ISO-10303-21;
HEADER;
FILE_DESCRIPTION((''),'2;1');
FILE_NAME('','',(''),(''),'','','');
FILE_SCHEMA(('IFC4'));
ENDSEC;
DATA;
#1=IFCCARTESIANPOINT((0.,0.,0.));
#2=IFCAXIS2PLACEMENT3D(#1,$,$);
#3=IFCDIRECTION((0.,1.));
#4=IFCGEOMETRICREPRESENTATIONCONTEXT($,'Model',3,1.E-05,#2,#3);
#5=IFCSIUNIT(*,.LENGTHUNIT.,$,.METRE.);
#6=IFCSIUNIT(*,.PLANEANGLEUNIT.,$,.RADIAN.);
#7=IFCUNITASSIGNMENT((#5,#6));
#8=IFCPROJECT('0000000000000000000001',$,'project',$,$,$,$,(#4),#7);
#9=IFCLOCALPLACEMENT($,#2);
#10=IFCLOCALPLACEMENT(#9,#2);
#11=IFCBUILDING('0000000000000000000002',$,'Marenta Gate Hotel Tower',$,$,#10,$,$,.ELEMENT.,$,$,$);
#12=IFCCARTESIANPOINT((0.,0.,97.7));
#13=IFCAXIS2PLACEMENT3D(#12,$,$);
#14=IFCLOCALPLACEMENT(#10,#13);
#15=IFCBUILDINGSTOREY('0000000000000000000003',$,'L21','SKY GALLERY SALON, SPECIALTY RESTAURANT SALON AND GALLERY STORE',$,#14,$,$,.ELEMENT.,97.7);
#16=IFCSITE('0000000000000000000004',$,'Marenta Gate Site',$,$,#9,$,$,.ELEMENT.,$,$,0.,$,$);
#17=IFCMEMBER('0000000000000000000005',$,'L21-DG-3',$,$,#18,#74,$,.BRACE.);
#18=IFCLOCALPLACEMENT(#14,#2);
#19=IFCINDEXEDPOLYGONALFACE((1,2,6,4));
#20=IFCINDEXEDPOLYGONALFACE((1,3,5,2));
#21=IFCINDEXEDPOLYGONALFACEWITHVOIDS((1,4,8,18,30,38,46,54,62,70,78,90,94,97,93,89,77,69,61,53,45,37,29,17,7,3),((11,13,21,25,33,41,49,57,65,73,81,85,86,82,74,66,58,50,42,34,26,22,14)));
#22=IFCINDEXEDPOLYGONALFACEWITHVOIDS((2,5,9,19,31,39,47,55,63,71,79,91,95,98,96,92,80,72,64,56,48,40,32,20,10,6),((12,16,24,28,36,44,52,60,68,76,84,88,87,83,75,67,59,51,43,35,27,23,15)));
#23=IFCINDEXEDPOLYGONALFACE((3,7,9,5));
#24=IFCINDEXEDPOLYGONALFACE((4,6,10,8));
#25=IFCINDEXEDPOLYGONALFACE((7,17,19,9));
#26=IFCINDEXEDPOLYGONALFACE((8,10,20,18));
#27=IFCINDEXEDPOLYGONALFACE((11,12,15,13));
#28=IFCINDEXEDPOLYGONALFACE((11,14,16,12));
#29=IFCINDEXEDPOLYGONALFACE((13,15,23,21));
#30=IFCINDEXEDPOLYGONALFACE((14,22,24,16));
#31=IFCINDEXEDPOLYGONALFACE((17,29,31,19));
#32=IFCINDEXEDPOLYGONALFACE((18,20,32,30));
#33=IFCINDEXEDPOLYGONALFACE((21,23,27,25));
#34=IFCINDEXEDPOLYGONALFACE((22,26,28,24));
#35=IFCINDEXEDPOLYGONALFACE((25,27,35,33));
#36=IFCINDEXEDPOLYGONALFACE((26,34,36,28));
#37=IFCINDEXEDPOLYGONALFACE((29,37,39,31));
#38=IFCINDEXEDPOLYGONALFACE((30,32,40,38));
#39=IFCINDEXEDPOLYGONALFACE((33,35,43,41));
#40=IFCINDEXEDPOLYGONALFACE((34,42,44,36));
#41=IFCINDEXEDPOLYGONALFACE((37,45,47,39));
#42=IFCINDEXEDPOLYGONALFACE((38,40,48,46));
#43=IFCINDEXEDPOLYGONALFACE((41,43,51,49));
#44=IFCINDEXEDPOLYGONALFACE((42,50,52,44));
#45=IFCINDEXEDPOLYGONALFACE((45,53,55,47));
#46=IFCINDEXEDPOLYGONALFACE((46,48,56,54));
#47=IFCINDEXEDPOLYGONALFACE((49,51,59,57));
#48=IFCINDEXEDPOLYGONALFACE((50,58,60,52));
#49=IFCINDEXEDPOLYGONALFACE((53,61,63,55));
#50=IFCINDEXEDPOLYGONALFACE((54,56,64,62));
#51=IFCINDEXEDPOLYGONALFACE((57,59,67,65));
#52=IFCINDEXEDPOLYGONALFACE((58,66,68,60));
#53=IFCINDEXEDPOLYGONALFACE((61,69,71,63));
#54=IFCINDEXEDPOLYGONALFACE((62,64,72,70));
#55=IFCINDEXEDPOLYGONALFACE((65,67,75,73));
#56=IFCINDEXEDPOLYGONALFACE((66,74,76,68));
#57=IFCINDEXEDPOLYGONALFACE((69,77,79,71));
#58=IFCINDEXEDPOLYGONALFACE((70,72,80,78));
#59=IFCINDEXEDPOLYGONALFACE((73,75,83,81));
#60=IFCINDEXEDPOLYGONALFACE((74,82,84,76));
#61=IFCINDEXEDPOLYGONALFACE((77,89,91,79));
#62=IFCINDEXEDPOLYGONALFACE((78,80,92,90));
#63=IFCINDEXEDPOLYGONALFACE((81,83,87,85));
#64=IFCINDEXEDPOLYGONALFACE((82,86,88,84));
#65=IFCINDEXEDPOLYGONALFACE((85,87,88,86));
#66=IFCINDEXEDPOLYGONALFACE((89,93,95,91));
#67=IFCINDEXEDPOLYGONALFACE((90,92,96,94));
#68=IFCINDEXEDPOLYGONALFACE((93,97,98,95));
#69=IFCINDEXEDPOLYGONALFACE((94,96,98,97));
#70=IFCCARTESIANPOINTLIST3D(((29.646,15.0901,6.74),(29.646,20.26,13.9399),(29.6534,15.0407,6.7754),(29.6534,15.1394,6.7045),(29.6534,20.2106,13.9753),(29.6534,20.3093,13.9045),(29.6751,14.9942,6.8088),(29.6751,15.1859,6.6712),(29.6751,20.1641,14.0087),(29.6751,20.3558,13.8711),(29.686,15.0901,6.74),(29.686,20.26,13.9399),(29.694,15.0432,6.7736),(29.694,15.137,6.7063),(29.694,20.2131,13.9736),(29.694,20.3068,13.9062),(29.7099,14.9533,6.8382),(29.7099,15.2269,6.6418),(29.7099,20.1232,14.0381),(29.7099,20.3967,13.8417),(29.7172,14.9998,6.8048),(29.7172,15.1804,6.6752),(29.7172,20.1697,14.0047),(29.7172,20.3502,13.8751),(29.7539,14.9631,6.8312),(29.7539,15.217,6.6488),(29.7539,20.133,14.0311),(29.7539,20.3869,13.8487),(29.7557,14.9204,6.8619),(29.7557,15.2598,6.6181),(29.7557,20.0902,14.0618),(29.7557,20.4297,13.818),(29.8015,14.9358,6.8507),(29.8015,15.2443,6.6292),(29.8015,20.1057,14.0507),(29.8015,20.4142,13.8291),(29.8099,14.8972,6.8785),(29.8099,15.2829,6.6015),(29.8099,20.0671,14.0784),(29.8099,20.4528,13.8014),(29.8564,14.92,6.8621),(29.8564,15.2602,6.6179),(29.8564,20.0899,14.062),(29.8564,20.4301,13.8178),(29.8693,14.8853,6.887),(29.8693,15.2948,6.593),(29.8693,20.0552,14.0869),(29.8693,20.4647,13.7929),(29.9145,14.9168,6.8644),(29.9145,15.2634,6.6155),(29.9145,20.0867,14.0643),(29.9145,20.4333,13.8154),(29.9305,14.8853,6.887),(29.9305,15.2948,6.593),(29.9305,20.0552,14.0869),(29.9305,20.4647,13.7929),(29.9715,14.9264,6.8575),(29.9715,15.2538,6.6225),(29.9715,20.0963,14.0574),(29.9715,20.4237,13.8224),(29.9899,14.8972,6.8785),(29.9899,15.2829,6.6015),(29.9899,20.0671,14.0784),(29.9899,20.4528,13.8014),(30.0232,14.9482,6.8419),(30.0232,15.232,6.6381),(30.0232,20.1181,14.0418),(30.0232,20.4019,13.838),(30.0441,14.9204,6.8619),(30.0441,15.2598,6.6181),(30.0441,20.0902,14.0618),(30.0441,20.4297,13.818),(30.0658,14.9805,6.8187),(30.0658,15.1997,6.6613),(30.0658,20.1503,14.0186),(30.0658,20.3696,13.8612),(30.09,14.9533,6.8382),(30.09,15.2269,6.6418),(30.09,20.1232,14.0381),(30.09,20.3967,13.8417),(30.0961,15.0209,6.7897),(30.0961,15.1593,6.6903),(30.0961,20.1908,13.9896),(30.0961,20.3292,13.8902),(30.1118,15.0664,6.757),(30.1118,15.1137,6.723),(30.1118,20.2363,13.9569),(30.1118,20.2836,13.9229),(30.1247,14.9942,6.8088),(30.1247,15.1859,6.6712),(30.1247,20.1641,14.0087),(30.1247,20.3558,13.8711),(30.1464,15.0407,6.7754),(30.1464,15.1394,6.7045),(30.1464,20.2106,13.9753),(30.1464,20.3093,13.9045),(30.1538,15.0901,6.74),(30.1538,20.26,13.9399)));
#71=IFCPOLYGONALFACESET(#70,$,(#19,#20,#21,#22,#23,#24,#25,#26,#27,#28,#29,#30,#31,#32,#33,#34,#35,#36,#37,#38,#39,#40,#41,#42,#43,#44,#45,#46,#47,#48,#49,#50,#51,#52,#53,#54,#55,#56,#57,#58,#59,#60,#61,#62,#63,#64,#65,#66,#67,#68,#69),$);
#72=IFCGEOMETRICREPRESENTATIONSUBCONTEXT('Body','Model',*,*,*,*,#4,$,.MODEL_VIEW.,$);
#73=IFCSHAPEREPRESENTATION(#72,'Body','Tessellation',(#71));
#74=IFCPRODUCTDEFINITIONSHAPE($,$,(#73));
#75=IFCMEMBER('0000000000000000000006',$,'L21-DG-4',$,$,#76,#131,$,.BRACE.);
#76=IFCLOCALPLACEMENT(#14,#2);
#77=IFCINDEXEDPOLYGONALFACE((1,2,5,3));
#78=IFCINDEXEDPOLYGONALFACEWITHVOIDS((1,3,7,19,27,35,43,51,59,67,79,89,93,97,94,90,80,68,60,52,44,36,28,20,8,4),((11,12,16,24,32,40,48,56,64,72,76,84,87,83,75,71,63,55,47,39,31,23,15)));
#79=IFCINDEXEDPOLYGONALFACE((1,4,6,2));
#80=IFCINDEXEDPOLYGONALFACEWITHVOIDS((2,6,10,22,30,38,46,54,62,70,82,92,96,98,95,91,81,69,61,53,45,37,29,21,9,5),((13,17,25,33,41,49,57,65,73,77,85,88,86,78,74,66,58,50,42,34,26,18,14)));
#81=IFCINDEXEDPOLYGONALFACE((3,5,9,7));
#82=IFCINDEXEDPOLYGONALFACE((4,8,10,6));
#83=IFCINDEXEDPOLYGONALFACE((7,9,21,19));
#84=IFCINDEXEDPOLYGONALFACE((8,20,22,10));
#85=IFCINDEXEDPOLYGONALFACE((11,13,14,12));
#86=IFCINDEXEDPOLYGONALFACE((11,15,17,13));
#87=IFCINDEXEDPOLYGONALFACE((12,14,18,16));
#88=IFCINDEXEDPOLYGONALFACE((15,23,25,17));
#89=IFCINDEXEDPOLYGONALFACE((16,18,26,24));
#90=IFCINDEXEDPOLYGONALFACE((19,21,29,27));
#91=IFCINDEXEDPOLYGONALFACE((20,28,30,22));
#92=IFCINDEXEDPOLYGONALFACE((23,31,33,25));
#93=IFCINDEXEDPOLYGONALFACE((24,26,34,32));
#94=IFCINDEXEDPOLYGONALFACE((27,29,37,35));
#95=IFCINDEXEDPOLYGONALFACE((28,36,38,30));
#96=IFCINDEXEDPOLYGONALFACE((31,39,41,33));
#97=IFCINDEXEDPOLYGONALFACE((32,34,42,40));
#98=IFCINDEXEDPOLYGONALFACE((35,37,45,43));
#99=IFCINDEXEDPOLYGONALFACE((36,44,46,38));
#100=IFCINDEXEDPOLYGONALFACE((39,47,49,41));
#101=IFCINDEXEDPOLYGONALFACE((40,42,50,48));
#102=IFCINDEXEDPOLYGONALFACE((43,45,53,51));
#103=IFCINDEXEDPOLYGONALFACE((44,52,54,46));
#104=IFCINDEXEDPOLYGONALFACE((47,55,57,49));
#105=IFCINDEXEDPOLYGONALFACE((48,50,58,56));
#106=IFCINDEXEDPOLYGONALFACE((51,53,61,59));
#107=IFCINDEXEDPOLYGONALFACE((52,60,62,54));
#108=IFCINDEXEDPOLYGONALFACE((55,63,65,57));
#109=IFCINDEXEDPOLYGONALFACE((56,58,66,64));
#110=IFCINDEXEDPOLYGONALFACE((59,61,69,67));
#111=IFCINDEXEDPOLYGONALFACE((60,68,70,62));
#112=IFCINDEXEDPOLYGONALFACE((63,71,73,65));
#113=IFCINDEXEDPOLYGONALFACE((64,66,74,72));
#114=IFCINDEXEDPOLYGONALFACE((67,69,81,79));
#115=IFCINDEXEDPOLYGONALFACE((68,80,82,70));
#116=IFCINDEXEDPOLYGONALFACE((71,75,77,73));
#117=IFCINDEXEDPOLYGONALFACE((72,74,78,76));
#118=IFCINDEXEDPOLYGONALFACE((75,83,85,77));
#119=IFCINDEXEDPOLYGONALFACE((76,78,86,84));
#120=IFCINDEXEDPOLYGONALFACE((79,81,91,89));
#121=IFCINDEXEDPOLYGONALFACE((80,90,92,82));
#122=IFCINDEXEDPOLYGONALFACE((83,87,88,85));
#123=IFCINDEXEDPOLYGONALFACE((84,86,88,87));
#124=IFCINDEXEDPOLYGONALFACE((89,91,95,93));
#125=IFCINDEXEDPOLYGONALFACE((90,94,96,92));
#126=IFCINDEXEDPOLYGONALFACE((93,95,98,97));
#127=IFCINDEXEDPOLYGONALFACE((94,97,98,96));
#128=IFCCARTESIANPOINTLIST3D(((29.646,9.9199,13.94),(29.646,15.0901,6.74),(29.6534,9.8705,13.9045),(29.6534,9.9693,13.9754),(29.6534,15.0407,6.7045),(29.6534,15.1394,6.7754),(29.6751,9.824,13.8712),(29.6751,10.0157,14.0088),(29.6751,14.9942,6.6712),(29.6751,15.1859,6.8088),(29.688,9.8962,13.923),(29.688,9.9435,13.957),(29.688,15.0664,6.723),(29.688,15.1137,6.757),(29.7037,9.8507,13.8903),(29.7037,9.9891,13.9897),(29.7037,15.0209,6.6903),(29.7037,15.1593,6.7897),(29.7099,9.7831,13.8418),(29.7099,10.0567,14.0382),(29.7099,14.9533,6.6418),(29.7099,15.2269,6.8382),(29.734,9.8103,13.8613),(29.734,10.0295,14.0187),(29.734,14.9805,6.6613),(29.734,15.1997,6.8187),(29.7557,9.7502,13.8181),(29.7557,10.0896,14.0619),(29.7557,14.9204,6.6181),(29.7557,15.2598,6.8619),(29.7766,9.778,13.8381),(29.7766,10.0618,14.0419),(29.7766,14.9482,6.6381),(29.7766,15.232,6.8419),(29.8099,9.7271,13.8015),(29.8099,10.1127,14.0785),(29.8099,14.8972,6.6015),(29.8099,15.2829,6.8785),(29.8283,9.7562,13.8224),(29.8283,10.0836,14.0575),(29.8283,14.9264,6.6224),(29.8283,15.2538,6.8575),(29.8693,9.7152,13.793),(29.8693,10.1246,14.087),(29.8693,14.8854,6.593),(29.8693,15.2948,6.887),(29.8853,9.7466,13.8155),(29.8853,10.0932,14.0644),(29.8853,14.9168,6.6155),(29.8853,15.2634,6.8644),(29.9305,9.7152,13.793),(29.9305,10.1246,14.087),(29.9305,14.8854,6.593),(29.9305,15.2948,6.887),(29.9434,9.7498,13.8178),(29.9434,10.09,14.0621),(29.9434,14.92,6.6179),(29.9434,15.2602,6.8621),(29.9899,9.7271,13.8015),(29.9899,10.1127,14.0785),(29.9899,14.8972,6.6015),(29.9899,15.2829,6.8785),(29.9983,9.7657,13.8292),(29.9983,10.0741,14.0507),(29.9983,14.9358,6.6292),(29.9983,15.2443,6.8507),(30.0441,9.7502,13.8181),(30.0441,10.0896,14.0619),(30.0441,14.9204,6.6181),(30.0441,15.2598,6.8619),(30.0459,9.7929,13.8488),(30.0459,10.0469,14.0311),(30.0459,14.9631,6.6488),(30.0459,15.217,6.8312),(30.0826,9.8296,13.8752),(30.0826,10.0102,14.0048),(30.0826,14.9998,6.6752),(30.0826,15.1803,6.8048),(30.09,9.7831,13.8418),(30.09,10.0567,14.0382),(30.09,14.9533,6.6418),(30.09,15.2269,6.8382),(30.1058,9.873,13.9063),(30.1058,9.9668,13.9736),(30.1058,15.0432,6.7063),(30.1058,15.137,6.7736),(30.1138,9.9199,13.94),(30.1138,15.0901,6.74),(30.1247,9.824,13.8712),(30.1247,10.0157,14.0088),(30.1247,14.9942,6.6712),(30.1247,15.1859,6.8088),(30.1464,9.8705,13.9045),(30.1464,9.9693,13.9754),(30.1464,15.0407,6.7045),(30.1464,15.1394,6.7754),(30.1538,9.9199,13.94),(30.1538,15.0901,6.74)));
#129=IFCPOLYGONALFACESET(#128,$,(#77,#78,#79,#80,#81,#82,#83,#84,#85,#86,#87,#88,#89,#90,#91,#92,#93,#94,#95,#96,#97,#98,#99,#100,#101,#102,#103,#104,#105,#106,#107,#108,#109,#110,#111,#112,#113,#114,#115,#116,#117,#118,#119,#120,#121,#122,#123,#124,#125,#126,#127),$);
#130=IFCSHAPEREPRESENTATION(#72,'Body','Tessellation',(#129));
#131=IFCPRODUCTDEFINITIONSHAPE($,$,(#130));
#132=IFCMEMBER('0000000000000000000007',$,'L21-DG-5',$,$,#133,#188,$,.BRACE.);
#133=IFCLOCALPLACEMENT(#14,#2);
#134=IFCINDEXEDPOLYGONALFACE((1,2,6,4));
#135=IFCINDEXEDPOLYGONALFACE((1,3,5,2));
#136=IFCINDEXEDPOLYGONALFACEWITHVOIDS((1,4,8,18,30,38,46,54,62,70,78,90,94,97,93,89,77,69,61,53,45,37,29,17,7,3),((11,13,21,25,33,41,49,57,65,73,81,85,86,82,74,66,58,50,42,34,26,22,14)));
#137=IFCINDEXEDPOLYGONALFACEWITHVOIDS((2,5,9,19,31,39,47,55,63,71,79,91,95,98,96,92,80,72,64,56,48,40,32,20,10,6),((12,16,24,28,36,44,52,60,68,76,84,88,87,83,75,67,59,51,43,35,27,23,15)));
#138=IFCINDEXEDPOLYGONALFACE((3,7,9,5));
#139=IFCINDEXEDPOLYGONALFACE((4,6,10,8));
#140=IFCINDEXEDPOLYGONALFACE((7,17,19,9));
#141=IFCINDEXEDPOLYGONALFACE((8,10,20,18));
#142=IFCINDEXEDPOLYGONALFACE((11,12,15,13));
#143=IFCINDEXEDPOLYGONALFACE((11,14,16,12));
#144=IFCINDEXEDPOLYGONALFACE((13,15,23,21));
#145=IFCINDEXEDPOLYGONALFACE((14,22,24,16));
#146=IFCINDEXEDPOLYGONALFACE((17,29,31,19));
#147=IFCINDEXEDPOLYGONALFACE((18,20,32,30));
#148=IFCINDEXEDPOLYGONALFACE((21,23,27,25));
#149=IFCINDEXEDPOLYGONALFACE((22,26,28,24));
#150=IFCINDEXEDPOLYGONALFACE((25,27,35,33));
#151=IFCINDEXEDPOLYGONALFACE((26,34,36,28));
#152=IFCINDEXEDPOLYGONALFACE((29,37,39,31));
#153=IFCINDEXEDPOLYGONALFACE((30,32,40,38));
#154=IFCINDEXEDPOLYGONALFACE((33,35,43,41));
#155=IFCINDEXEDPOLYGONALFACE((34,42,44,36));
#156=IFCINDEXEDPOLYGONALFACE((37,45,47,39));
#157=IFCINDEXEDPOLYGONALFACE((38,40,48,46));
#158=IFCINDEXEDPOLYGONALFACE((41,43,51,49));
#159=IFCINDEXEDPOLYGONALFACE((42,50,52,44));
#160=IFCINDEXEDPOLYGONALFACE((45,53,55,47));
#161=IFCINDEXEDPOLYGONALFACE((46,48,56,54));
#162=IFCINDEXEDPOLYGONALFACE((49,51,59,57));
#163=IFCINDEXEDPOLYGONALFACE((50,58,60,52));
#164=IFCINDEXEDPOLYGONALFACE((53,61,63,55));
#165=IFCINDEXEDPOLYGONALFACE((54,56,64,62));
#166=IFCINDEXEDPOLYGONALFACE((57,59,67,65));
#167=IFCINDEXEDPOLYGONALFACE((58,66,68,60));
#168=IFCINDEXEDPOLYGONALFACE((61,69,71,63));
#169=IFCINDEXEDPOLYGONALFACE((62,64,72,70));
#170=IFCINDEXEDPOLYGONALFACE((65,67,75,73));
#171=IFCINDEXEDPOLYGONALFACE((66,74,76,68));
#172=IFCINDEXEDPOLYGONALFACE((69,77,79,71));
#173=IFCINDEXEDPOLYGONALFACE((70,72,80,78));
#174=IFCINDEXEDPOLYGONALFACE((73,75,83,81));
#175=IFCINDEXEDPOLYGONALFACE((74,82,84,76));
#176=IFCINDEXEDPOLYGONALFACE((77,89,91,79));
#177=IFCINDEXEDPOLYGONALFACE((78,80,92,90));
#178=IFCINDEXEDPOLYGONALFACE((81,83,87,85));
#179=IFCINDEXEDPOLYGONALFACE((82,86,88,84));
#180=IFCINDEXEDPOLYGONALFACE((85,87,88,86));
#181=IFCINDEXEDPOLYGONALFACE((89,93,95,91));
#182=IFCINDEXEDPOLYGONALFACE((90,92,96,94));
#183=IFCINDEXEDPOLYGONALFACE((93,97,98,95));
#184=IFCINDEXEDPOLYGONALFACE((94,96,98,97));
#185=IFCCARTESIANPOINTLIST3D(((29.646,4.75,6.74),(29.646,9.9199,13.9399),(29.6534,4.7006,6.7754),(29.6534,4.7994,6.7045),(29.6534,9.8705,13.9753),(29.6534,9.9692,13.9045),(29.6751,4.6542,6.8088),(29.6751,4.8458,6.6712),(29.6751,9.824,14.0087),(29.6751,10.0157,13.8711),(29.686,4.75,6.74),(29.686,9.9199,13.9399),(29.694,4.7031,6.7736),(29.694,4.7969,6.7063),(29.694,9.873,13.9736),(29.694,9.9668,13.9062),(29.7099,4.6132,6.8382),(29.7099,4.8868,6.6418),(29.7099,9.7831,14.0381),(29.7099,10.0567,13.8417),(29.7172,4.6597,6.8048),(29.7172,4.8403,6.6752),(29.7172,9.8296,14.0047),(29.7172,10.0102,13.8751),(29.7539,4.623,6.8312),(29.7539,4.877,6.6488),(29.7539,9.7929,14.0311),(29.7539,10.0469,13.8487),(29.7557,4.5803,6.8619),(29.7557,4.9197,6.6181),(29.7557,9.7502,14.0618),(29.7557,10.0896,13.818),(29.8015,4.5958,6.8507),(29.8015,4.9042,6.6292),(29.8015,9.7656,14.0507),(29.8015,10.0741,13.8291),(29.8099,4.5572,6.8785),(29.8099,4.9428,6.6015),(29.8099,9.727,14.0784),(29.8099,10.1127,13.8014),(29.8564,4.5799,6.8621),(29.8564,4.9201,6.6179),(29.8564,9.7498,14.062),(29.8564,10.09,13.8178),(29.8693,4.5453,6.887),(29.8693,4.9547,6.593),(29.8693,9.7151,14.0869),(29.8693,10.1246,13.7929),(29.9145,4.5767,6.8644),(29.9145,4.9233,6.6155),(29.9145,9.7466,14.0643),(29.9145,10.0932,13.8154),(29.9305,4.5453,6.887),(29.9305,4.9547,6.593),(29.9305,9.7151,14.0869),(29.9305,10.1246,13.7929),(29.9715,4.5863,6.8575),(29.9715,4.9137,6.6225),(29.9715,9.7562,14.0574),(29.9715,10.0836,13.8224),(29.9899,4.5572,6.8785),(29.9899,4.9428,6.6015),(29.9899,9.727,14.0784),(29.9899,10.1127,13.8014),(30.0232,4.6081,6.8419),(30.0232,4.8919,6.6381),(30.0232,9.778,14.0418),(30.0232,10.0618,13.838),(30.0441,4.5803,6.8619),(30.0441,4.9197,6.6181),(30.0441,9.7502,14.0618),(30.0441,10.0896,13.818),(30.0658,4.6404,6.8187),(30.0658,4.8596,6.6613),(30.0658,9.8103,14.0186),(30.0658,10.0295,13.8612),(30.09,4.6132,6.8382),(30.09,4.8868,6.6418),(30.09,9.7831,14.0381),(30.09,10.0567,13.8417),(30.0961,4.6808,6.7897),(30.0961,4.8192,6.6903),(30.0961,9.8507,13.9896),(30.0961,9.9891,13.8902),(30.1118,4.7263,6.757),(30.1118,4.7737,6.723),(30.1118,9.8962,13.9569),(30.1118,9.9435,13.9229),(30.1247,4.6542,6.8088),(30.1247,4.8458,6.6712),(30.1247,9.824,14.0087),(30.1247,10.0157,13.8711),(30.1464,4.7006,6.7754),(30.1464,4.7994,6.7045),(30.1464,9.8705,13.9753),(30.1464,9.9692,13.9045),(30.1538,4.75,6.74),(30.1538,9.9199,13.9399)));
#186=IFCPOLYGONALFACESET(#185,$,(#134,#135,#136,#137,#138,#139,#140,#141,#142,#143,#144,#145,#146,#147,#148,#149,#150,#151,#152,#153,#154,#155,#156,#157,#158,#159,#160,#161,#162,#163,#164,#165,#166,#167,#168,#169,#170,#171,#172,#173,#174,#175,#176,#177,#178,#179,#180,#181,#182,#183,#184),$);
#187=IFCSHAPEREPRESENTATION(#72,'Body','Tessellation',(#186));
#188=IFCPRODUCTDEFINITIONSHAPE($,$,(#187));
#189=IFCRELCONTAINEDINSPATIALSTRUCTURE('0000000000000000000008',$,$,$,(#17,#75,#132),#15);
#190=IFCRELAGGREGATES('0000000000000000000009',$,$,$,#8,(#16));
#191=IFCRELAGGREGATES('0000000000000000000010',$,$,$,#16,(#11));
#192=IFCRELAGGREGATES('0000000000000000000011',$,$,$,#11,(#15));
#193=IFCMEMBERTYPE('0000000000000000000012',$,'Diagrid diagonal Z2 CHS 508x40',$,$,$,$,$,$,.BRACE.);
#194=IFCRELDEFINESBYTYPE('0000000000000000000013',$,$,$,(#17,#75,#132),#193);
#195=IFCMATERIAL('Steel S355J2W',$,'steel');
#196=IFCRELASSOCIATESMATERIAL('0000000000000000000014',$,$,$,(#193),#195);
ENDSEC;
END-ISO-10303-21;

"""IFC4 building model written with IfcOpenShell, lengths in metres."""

from ifc_helpers import new_model, si_unit, direction, frame, origin, origin_2d, place, context, subcontext, project, spatial, hollow_circle, extrude, material, material_profile, profile_set, type_object, element, save


model = new_model("IFC4")

# Units and contexts
model_context = context("Model", 3, precision=1e-05, world=origin(), true_north=direction((0.0, 1.0)))
body_context = subcontext(model_context, "Body", "Model", "MODEL_VIEW")
ifc_project = project(units=[si_unit("LENGTHUNIT", "METRE"), si_unit("PLANEANGLEUNIT", "RADIAN")], contexts=[model_context])

# Site, building, storey
site_placement = place(None, origin())
site = spatial("IfcSite", under=ifc_project, at=site_placement, Name="Marenta Gate Site", CompositionType="ELEMENT", RefElevation=0.0)
building_placement = place(site_placement, origin())
building = spatial("IfcBuilding", under=site, at=building_placement, Name="Marenta Gate Hotel Tower", CompositionType="ELEMENT")
storey_placement = place(building_placement, frame((0.0, 0.0, 97.7)))
storey = spatial("IfcBuildingStorey", under=building, at=storey_placement, Name="L21", Description="SKY GALLERY SALON, SPECIALTY RESTAURANT SALON AND GALLERY STORE", CompositionType="ELEMENT", Elevation=97.7)

# Members
ifc_material_1 = material(Name="Steel S355J2W", Category="steel")
ifc_material_profile_1 = material_profile(ifc_material_1, hollow_circle(Radius=0.2539, WallThickness=0.04, at=origin_2d()), Name="CHS 508x40")
ifc_profile_set_1 = profile_set([ifc_material_profile_1], Name="Steel S355J2W")
member_type_1 = type_object("IfcMemberType", Name="Diagrid diagonal Z2 CHS 508x40", PredefinedType="BRACE", material=ifc_profile_set_1)
member_1_placement = place(storey_placement, frame((29.8999, 15.0901, 6.74), z_axis=(0.0, 0.583261, 0.812285), x_axis=(-1.0, 0.0, 0.0)))
element("IfcMember", 1, at=member_1_placement, inside=storey, type_object=member_type_1, Name="L21-DG-3", PredefinedType="BRACE", context=body_context, shape_type="SweptSolid", body=[
    extrude(hollow_circle(Radius=0.2539, WallThickness=0.04, at=origin_2d()), origin(), (0.0, 0.0, 1.0), 8.8638),
])
member_2_placement = place(storey_placement, frame((29.8999, 15.0901, 6.74), z_axis=(0.0, -0.583279, 0.812272), x_axis=(1.0, 0.0, 0.0)))
element("IfcMember", 2, at=member_2_placement, inside=storey, type_object=member_type_1, Name="L21-DG-4", PredefinedType="BRACE", context=body_context, shape_type="SweptSolid", body=[
    extrude(hollow_circle(Radius=0.2539, WallThickness=0.04, at=origin_2d()), origin(), (0.0, 0.0, 1.0), 8.864),
])
member_3_placement = place(storey_placement, frame((29.8999, 4.75, 6.74), z_axis=(0.0, 0.583261, 0.812285), x_axis=(-1.0, 0.0, 0.0)))
element("IfcMember", 3, at=member_3_placement, inside=storey, type_object=member_type_1, Name="L21-DG-5", PredefinedType="BRACE", context=body_context, shape_type="SweptSolid", body=[
    extrude(hollow_circle(Radius=0.2539, WallThickness=0.04, at=origin_2d()), origin(), (0.0, 0.0, 1.0), 8.8638),
])

save(model, "model.ifc")
